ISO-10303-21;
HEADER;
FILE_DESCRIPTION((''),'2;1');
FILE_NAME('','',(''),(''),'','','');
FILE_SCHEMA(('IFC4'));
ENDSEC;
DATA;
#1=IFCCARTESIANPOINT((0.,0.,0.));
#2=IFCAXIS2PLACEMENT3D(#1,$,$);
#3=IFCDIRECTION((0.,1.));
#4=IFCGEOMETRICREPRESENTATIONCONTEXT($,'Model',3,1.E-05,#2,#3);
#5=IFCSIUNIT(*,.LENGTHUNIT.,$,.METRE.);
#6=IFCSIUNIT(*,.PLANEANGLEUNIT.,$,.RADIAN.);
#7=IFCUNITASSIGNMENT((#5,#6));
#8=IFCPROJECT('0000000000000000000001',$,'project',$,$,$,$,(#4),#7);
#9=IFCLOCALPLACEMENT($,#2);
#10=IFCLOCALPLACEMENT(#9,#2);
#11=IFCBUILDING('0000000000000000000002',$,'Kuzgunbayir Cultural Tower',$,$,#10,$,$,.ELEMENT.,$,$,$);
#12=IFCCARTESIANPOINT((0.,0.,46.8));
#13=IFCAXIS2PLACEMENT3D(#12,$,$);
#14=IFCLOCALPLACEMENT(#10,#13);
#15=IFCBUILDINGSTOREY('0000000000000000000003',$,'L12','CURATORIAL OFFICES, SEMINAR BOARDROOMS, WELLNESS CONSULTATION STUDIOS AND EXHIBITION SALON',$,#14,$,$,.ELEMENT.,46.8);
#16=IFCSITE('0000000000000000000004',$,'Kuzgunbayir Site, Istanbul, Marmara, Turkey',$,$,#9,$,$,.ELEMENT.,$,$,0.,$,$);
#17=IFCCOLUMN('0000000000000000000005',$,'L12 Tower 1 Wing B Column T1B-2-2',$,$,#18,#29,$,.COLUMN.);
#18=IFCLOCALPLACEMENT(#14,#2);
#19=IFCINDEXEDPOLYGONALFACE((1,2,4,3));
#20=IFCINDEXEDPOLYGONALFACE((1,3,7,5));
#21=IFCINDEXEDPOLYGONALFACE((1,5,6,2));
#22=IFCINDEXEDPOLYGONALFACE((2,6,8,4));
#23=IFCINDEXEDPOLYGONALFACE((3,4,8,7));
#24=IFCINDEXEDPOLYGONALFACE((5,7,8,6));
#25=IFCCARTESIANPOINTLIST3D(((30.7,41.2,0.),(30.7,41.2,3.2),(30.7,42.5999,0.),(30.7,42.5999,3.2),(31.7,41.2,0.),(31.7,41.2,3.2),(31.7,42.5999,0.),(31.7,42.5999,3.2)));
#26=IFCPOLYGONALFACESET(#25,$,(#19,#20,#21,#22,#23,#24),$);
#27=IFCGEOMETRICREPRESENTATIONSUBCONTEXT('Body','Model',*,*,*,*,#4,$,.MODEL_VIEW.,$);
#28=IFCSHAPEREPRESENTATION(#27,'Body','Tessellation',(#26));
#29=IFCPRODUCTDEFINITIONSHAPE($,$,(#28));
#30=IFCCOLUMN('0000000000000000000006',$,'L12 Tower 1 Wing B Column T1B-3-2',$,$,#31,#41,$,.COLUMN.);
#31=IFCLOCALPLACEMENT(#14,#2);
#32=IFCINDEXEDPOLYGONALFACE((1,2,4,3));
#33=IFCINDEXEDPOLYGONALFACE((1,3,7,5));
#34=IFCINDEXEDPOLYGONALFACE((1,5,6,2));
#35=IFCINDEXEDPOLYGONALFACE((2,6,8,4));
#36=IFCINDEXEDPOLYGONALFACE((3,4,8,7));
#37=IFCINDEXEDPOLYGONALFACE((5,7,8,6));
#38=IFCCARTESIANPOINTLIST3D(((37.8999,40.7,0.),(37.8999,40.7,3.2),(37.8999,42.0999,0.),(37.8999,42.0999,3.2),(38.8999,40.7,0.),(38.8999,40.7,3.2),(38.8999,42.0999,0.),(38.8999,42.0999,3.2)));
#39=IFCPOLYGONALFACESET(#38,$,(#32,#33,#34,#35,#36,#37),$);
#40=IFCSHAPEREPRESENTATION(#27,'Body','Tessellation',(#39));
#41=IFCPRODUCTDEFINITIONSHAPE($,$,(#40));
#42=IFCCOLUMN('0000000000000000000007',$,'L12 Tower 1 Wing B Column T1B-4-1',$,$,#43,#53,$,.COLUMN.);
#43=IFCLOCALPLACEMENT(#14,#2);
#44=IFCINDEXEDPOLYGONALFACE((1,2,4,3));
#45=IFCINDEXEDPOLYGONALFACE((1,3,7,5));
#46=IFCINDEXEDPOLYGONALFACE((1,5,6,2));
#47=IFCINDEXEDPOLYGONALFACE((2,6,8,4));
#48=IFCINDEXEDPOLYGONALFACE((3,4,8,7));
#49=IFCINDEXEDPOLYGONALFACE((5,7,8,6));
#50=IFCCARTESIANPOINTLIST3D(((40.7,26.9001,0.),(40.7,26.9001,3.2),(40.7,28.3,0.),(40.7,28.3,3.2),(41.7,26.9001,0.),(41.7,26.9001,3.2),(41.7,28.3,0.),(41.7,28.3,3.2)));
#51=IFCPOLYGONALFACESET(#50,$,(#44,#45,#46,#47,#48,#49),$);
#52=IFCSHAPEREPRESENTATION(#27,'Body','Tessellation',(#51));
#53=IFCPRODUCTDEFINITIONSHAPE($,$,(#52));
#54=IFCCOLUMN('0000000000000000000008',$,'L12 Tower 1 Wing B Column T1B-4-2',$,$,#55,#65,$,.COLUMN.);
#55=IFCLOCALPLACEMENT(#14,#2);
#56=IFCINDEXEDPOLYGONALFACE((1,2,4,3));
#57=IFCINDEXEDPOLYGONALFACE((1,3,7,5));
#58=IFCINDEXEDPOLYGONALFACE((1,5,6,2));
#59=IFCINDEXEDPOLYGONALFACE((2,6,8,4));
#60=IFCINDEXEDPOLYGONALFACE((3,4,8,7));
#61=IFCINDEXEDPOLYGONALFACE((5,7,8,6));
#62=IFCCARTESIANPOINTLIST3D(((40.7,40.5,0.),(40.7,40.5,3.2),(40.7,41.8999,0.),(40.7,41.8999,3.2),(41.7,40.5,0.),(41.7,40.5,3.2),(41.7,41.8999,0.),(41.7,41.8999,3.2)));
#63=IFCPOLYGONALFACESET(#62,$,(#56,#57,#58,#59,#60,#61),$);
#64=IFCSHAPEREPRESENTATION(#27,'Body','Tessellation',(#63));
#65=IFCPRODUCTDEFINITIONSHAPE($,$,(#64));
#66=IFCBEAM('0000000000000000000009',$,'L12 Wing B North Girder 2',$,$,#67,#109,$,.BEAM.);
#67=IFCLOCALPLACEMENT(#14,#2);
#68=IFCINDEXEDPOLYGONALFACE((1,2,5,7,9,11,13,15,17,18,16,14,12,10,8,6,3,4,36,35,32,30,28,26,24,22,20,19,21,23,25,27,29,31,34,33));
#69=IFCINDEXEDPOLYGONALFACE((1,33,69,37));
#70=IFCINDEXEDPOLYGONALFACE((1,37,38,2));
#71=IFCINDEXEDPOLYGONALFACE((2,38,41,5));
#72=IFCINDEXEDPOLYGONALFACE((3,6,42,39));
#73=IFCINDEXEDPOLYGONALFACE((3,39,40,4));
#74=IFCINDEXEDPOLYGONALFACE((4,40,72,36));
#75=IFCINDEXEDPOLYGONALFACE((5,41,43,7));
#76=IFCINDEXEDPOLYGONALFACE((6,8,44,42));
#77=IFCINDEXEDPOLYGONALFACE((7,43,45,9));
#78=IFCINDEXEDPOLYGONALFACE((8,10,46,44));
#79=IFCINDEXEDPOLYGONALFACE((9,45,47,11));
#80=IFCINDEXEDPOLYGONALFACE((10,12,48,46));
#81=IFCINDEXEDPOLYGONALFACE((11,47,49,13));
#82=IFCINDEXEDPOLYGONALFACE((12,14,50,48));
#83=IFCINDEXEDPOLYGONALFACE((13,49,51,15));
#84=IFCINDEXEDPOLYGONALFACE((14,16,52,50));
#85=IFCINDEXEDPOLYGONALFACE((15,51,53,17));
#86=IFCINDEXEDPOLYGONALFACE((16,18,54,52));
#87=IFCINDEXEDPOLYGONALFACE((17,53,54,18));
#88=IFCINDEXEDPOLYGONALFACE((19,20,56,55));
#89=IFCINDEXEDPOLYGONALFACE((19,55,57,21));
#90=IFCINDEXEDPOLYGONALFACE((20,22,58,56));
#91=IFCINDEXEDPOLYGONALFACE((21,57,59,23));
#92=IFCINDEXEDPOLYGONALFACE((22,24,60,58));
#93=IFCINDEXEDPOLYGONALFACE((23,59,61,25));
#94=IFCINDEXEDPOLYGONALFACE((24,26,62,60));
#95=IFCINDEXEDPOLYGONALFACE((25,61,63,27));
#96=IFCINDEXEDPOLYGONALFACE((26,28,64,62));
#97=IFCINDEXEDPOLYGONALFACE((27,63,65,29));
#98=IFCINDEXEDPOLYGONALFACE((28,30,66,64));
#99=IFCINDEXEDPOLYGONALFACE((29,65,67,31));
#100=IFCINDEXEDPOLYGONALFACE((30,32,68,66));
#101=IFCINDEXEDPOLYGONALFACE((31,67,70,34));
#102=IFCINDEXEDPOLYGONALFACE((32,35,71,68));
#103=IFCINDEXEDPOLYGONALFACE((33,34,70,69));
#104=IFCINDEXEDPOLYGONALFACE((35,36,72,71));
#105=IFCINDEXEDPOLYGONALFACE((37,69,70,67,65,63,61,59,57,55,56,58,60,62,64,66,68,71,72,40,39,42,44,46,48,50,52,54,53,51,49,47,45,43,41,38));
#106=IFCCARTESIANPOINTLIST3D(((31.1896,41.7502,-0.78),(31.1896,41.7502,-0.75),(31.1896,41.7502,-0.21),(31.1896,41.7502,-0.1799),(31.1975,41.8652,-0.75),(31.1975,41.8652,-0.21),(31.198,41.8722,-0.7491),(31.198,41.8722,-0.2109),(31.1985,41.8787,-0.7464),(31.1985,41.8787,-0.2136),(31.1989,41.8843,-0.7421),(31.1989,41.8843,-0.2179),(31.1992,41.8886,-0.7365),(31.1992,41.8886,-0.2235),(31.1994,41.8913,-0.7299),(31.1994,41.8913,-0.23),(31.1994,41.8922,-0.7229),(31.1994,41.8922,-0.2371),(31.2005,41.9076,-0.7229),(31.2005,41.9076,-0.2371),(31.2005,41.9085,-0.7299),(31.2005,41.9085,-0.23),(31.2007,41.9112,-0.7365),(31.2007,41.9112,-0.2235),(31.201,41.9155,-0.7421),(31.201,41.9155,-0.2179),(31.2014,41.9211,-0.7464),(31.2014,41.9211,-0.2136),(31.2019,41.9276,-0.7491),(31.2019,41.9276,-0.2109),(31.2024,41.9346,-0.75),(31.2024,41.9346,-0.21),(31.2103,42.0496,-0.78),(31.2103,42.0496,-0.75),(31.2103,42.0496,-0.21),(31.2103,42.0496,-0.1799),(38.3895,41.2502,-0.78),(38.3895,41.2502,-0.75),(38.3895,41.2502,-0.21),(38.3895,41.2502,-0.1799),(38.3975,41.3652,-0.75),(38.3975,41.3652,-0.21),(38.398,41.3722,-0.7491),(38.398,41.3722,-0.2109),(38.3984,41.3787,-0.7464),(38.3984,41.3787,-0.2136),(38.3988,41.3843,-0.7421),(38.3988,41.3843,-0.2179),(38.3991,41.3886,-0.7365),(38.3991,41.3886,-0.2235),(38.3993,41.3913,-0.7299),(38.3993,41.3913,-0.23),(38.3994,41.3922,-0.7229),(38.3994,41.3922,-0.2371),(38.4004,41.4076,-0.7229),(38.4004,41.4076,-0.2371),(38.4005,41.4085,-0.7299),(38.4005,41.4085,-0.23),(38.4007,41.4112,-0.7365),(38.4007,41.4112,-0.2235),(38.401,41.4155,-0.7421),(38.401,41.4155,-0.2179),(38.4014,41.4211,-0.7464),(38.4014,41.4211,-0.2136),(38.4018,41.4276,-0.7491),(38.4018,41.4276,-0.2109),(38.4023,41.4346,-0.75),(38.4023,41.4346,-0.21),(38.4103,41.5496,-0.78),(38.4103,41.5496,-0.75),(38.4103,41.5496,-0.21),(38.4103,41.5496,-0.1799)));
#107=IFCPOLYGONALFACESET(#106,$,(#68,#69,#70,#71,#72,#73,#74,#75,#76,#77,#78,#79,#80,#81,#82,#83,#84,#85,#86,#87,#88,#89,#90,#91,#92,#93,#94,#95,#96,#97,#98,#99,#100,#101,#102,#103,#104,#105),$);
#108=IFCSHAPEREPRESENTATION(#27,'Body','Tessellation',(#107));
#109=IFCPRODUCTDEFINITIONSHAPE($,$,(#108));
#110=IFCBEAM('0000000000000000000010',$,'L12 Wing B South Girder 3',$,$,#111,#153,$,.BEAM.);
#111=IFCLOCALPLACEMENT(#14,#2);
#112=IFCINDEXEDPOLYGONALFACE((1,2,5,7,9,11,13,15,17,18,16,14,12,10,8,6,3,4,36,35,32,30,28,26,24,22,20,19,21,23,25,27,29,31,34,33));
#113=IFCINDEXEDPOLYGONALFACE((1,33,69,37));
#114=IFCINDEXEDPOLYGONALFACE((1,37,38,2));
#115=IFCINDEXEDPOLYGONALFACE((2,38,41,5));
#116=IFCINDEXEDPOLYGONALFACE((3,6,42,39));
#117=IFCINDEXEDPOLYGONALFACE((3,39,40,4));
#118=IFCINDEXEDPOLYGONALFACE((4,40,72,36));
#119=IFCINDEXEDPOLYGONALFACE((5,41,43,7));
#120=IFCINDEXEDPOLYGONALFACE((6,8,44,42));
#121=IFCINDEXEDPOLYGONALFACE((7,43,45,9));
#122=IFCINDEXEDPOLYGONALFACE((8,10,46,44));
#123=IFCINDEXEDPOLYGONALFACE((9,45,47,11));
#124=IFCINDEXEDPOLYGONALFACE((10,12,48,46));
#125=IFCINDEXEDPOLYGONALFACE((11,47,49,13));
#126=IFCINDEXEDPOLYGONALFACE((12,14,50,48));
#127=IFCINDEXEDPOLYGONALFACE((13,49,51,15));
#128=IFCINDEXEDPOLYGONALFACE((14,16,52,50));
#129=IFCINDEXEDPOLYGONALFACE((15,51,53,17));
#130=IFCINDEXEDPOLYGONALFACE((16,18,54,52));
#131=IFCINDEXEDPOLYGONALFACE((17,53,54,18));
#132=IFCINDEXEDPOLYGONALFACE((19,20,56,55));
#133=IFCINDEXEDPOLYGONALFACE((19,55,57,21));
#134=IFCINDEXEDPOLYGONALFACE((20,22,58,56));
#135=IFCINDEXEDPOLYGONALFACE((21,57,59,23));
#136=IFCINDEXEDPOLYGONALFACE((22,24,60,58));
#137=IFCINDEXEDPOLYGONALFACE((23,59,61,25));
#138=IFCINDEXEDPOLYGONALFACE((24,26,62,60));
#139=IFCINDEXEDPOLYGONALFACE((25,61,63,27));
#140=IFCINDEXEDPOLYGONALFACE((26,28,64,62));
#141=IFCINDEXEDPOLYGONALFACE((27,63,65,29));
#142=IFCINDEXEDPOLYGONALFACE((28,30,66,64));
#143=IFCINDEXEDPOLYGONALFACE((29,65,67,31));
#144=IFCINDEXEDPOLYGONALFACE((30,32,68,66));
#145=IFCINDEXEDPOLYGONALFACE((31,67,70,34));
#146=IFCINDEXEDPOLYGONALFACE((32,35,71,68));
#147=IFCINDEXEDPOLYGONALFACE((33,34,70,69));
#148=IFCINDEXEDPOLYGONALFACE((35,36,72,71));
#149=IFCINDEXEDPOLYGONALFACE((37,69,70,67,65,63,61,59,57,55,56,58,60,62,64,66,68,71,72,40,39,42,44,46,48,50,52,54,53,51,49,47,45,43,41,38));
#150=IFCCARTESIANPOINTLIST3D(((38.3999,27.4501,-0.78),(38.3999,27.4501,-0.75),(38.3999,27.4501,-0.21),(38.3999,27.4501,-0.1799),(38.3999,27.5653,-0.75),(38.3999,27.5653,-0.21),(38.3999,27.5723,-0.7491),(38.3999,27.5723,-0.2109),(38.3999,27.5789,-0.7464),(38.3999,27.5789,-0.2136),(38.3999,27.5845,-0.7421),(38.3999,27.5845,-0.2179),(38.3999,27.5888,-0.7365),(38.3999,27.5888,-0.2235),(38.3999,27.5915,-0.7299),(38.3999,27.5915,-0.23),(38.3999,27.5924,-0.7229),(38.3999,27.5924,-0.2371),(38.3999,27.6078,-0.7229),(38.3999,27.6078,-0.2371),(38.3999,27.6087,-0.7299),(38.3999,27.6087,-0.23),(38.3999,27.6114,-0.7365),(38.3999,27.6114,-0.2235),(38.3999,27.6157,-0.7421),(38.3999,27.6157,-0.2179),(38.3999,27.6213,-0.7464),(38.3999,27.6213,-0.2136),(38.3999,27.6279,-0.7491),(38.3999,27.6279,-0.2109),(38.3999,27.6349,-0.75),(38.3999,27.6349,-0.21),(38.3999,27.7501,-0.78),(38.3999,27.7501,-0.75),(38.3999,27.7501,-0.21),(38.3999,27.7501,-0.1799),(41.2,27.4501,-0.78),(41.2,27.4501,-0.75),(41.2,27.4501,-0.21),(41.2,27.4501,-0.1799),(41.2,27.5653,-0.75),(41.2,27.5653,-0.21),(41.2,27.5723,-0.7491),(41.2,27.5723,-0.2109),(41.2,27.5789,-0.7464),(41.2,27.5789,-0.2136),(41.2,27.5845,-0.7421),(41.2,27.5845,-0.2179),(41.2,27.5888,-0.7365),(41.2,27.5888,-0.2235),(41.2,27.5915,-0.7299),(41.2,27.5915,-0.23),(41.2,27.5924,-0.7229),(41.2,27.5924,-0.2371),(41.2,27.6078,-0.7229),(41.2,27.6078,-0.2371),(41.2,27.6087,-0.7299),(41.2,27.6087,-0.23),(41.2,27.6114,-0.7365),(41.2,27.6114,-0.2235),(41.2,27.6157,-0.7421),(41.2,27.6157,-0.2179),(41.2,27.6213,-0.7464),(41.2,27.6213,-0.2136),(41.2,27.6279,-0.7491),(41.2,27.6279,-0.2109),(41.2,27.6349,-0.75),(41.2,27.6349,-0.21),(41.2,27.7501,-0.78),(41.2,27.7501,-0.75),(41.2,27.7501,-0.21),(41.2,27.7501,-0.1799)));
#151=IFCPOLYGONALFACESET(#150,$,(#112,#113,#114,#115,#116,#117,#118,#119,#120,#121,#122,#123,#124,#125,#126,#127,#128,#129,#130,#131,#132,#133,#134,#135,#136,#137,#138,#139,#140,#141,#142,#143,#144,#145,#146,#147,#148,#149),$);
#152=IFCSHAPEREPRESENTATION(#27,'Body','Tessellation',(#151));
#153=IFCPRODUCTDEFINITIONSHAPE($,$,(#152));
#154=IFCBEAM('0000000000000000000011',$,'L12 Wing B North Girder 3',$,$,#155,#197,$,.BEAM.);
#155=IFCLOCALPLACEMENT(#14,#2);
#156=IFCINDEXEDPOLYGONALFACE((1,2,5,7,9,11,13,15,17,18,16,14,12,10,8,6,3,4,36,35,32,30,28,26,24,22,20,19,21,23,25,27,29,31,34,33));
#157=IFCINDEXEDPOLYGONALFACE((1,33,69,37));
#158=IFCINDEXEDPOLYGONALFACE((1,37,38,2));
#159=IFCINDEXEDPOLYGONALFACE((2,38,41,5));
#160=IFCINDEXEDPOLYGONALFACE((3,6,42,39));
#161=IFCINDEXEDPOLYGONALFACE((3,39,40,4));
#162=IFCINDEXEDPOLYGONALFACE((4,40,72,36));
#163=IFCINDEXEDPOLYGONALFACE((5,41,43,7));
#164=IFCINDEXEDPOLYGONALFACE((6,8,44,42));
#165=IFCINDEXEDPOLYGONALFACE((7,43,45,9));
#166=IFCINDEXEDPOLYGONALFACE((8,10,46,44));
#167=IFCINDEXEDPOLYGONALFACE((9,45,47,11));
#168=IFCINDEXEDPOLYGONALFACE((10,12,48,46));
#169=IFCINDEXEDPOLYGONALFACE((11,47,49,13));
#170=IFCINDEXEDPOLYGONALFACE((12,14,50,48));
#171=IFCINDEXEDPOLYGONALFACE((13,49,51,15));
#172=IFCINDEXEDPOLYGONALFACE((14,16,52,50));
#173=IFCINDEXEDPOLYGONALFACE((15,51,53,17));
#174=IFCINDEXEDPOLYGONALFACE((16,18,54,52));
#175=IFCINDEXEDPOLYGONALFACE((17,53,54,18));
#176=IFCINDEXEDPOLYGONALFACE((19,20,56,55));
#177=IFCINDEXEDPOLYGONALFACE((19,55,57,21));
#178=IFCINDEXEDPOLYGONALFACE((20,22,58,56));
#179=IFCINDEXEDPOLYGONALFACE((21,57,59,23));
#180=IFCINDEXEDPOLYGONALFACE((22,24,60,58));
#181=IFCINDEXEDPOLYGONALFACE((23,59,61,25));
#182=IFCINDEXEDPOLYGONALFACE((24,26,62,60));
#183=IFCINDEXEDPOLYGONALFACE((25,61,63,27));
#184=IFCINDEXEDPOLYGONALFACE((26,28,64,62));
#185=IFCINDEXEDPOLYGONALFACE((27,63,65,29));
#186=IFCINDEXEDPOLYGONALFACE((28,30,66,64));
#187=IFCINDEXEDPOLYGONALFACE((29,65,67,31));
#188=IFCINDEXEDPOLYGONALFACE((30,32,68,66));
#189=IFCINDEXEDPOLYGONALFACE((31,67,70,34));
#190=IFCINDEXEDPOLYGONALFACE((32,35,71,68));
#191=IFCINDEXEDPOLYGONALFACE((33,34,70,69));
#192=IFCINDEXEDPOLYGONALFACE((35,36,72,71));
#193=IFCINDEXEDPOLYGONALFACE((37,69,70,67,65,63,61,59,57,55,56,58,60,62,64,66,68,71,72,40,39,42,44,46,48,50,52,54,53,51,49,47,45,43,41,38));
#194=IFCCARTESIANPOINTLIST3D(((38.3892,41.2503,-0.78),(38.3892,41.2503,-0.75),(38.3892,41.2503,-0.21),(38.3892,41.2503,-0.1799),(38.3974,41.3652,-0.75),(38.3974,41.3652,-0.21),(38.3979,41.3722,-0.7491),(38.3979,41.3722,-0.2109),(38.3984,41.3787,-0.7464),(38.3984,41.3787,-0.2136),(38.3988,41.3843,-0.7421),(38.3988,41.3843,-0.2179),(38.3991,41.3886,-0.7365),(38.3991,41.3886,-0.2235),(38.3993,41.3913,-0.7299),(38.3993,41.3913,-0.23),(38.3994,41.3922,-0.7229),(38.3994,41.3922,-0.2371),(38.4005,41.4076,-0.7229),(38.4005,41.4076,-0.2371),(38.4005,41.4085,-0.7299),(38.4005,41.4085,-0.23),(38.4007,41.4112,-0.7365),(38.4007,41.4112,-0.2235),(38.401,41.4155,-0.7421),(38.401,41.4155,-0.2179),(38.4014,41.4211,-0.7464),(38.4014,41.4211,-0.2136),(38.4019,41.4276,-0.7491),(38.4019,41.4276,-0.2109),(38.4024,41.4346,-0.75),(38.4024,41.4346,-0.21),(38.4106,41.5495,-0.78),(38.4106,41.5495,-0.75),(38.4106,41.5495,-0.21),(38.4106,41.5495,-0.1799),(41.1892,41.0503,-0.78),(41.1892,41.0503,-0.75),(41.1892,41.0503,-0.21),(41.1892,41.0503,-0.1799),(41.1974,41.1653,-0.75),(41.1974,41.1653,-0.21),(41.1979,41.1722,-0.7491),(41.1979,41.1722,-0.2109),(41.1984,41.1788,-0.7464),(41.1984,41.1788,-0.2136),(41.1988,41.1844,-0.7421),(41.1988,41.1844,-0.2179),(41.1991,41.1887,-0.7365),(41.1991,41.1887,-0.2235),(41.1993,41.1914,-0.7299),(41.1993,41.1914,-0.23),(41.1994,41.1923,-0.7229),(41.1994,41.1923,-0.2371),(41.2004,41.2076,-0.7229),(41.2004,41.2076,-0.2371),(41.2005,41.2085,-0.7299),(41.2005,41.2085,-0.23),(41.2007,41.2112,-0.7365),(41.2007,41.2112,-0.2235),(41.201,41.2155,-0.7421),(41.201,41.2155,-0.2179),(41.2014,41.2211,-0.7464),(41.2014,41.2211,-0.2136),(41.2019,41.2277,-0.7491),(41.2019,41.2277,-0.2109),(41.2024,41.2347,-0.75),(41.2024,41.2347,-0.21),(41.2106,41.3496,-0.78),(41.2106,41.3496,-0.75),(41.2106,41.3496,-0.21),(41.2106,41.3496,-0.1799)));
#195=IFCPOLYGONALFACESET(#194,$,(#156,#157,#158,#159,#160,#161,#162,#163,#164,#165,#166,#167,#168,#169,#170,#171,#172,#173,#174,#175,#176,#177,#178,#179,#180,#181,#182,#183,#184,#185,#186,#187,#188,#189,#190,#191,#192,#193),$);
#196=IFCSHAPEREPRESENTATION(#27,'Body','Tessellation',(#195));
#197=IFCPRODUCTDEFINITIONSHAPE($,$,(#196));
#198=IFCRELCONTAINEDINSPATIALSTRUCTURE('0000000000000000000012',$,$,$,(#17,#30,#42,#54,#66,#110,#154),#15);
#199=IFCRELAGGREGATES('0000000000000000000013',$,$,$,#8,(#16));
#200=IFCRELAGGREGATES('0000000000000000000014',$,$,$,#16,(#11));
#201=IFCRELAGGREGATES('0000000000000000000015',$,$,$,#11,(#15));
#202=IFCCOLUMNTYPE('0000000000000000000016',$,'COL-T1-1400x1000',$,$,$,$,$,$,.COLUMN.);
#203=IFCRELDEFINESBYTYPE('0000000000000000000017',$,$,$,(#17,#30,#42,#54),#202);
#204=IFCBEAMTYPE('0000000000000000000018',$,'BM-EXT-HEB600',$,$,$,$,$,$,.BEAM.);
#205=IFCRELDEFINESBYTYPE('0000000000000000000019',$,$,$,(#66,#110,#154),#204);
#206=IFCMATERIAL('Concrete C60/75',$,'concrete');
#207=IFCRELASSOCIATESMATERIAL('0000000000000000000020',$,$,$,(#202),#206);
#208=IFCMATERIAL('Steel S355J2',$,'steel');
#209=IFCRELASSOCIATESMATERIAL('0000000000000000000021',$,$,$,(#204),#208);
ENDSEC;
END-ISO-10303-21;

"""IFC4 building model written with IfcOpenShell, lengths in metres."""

from ifc_helpers import new_model, si_unit, direction, frame, origin, origin_2d, place, context, subcontext, project, spatial, rectangle, i_section, extrude, material, material_profile, profile_set, type_object, element, save


model = new_model("IFC4")

# Units and contexts
model_context = context("Model", 3, precision=1e-05, world=origin(), true_north=direction((0.0, 1.0)))
body_context = subcontext(model_context, "Body", "Model", "MODEL_VIEW")
ifc_project = project(units=[si_unit("LENGTHUNIT", "METRE"), si_unit("PLANEANGLEUNIT", "RADIAN")], contexts=[model_context])

# Site, building, storey
site_placement = place(None, origin())
site = spatial("IfcSite", under=ifc_project, at=site_placement, Name="Kuzgunbayir Site, Istanbul, Marmara, Turkey", CompositionType="ELEMENT", RefElevation=0.0)
building_placement = place(site_placement, origin())
building = spatial("IfcBuilding", under=site, at=building_placement, Name="Kuzgunbayir Cultural Tower", CompositionType="ELEMENT")
storey_placement = place(building_placement, frame((0.0, 0.0, 46.8)))
storey = spatial("IfcBuildingStorey", under=building, at=storey_placement, Name="L12", Description="CURATORIAL OFFICES, SEMINAR BOARDROOMS, WELLNESS CONSULTATION STUDIOS AND EXHIBITION SALON", CompositionType="ELEMENT", Elevation=46.8)

# Columns
ifc_material_1 = material(Name="Concrete C60/75", Category="concrete")
ifc_material_profile_1 = material_profile(ifc_material_1, rectangle(XDim=1.0, YDim=1.3999, at=origin_2d()), Name="RC 1400x1000")
ifc_profile_set_1 = profile_set([ifc_material_profile_1], Name="Concrete C60/75")
column_type = type_object("IfcColumnType", Name="COL-T1-1400x1000", PredefinedType="COLUMN", material=ifc_profile_set_1)
for number, where, z_axis, x_axis, name in (
    (1, (31.2, 41.8999, 0.0), (0.0, 0.0, 1.0), (1.0, 0.0, 0.0), "L12 Tower 1 Wing B Column T1B-2-2"),
    (2, (38.3999, 41.3999, 0.0), (0.0, 0.0, 1.0), (1.0, 0.0, 0.0), "L12 Tower 1 Wing B Column T1B-3-2"),
    (3, (41.2, 27.6001, 0.0), (0.0, 0.0, 1.0), (1.0, 0.0, 0.0), "L12 Tower 1 Wing B Column T1B-4-1"),
    (4, (41.2, 41.2, 0.0), (0.0, 0.0, 1.0), (1.0, 0.0, 0.0), "L12 Tower 1 Wing B Column T1B-4-2"),
):
    element("IfcColumn", number, at=place(storey_placement, frame(where, z_axis=z_axis, x_axis=x_axis)), inside=storey, type_object=column_type, Name=name, PredefinedType="COLUMN", context=body_context, shape_type="SweptSolid", body=[
        extrude(rectangle(XDim=1.0, YDim=1.3999, at=origin_2d()), origin(), (0.0, 0.0, 1.0), 3.2),
    ])

# Beams
ifc_material_2 = material(Name="Steel S355J2", Category="steel")
ifc_material_profile_2 = material_profile(ifc_material_2, i_section(OverallWidth=0.3, OverallDepth=0.6001, WebThickness=0.0154, FlangeThickness=0.03, FilletRadius=0.0271, at=origin_2d()), Name="HEB 600")
ifc_profile_set_2 = profile_set([ifc_material_profile_2], Name="Steel S355J2")
beam_type_1 = type_object("IfcBeamType", Name="BM-EXT-HEB600", PredefinedType="BEAM", material=ifc_profile_set_2)
beam_1_placement = place(storey_placement, frame((31.2, 41.8999, -0.48), z_axis=(0.997597, -0.069278, 0.0), x_axis=(0.069278, 0.997597, 0.0)))
element("IfcBeam", 5, at=beam_1_placement, inside=storey, type_object=beam_type_1, Name="L12 Wing B North Girder 2", PredefinedType="BEAM", context=body_context, shape_type="SweptSolid", body=[
    extrude(i_section(OverallWidth=0.3, OverallDepth=0.6001, WebThickness=0.0154, FlangeThickness=0.03, FilletRadius=0.0271, at=origin_2d()), origin(), (0.0, 0.0, 1.0), 7.2173),
])
beam_2_placement = place(storey_placement, frame((38.3999, 27.6001, -0.48), z_axis=(1.0, 0.0, 0.0), x_axis=(0.0, 1.0, 0.0)))
element("IfcBeam", 6, at=beam_2_placement, inside=storey, type_object=beam_type_1, Name="L12 Wing B South Girder 3", PredefinedType="BEAM", context=body_context, shape_type="SweptSolid", body=[
    extrude(i_section(OverallWidth=0.3, OverallDepth=0.6001, WebThickness=0.0154, FlangeThickness=0.03, FilletRadius=0.0271, at=origin_2d()), origin(), (0.0, 0.0, 1.0), 2.8),
])
beam_3_placement = place(storey_placement, frame((38.3999, 41.3999, -0.48), z_axis=(0.99746, -0.071229, 0.0), x_axis=(0.071229, 0.99746, 0.0)))
element("IfcBeam", 7, at=beam_3_placement, inside=storey, type_object=beam_type_1, Name="L12 Wing B North Girder 3", PredefinedType="BEAM", context=body_context, shape_type="SweptSolid", body=[
    extrude(i_section(OverallWidth=0.3, OverallDepth=0.6001, WebThickness=0.0154, FlangeThickness=0.03, FilletRadius=0.0271, at=origin_2d()), origin(), (0.0, 0.0, 1.0), 2.8071),
])

save(model, "model.ifc")
